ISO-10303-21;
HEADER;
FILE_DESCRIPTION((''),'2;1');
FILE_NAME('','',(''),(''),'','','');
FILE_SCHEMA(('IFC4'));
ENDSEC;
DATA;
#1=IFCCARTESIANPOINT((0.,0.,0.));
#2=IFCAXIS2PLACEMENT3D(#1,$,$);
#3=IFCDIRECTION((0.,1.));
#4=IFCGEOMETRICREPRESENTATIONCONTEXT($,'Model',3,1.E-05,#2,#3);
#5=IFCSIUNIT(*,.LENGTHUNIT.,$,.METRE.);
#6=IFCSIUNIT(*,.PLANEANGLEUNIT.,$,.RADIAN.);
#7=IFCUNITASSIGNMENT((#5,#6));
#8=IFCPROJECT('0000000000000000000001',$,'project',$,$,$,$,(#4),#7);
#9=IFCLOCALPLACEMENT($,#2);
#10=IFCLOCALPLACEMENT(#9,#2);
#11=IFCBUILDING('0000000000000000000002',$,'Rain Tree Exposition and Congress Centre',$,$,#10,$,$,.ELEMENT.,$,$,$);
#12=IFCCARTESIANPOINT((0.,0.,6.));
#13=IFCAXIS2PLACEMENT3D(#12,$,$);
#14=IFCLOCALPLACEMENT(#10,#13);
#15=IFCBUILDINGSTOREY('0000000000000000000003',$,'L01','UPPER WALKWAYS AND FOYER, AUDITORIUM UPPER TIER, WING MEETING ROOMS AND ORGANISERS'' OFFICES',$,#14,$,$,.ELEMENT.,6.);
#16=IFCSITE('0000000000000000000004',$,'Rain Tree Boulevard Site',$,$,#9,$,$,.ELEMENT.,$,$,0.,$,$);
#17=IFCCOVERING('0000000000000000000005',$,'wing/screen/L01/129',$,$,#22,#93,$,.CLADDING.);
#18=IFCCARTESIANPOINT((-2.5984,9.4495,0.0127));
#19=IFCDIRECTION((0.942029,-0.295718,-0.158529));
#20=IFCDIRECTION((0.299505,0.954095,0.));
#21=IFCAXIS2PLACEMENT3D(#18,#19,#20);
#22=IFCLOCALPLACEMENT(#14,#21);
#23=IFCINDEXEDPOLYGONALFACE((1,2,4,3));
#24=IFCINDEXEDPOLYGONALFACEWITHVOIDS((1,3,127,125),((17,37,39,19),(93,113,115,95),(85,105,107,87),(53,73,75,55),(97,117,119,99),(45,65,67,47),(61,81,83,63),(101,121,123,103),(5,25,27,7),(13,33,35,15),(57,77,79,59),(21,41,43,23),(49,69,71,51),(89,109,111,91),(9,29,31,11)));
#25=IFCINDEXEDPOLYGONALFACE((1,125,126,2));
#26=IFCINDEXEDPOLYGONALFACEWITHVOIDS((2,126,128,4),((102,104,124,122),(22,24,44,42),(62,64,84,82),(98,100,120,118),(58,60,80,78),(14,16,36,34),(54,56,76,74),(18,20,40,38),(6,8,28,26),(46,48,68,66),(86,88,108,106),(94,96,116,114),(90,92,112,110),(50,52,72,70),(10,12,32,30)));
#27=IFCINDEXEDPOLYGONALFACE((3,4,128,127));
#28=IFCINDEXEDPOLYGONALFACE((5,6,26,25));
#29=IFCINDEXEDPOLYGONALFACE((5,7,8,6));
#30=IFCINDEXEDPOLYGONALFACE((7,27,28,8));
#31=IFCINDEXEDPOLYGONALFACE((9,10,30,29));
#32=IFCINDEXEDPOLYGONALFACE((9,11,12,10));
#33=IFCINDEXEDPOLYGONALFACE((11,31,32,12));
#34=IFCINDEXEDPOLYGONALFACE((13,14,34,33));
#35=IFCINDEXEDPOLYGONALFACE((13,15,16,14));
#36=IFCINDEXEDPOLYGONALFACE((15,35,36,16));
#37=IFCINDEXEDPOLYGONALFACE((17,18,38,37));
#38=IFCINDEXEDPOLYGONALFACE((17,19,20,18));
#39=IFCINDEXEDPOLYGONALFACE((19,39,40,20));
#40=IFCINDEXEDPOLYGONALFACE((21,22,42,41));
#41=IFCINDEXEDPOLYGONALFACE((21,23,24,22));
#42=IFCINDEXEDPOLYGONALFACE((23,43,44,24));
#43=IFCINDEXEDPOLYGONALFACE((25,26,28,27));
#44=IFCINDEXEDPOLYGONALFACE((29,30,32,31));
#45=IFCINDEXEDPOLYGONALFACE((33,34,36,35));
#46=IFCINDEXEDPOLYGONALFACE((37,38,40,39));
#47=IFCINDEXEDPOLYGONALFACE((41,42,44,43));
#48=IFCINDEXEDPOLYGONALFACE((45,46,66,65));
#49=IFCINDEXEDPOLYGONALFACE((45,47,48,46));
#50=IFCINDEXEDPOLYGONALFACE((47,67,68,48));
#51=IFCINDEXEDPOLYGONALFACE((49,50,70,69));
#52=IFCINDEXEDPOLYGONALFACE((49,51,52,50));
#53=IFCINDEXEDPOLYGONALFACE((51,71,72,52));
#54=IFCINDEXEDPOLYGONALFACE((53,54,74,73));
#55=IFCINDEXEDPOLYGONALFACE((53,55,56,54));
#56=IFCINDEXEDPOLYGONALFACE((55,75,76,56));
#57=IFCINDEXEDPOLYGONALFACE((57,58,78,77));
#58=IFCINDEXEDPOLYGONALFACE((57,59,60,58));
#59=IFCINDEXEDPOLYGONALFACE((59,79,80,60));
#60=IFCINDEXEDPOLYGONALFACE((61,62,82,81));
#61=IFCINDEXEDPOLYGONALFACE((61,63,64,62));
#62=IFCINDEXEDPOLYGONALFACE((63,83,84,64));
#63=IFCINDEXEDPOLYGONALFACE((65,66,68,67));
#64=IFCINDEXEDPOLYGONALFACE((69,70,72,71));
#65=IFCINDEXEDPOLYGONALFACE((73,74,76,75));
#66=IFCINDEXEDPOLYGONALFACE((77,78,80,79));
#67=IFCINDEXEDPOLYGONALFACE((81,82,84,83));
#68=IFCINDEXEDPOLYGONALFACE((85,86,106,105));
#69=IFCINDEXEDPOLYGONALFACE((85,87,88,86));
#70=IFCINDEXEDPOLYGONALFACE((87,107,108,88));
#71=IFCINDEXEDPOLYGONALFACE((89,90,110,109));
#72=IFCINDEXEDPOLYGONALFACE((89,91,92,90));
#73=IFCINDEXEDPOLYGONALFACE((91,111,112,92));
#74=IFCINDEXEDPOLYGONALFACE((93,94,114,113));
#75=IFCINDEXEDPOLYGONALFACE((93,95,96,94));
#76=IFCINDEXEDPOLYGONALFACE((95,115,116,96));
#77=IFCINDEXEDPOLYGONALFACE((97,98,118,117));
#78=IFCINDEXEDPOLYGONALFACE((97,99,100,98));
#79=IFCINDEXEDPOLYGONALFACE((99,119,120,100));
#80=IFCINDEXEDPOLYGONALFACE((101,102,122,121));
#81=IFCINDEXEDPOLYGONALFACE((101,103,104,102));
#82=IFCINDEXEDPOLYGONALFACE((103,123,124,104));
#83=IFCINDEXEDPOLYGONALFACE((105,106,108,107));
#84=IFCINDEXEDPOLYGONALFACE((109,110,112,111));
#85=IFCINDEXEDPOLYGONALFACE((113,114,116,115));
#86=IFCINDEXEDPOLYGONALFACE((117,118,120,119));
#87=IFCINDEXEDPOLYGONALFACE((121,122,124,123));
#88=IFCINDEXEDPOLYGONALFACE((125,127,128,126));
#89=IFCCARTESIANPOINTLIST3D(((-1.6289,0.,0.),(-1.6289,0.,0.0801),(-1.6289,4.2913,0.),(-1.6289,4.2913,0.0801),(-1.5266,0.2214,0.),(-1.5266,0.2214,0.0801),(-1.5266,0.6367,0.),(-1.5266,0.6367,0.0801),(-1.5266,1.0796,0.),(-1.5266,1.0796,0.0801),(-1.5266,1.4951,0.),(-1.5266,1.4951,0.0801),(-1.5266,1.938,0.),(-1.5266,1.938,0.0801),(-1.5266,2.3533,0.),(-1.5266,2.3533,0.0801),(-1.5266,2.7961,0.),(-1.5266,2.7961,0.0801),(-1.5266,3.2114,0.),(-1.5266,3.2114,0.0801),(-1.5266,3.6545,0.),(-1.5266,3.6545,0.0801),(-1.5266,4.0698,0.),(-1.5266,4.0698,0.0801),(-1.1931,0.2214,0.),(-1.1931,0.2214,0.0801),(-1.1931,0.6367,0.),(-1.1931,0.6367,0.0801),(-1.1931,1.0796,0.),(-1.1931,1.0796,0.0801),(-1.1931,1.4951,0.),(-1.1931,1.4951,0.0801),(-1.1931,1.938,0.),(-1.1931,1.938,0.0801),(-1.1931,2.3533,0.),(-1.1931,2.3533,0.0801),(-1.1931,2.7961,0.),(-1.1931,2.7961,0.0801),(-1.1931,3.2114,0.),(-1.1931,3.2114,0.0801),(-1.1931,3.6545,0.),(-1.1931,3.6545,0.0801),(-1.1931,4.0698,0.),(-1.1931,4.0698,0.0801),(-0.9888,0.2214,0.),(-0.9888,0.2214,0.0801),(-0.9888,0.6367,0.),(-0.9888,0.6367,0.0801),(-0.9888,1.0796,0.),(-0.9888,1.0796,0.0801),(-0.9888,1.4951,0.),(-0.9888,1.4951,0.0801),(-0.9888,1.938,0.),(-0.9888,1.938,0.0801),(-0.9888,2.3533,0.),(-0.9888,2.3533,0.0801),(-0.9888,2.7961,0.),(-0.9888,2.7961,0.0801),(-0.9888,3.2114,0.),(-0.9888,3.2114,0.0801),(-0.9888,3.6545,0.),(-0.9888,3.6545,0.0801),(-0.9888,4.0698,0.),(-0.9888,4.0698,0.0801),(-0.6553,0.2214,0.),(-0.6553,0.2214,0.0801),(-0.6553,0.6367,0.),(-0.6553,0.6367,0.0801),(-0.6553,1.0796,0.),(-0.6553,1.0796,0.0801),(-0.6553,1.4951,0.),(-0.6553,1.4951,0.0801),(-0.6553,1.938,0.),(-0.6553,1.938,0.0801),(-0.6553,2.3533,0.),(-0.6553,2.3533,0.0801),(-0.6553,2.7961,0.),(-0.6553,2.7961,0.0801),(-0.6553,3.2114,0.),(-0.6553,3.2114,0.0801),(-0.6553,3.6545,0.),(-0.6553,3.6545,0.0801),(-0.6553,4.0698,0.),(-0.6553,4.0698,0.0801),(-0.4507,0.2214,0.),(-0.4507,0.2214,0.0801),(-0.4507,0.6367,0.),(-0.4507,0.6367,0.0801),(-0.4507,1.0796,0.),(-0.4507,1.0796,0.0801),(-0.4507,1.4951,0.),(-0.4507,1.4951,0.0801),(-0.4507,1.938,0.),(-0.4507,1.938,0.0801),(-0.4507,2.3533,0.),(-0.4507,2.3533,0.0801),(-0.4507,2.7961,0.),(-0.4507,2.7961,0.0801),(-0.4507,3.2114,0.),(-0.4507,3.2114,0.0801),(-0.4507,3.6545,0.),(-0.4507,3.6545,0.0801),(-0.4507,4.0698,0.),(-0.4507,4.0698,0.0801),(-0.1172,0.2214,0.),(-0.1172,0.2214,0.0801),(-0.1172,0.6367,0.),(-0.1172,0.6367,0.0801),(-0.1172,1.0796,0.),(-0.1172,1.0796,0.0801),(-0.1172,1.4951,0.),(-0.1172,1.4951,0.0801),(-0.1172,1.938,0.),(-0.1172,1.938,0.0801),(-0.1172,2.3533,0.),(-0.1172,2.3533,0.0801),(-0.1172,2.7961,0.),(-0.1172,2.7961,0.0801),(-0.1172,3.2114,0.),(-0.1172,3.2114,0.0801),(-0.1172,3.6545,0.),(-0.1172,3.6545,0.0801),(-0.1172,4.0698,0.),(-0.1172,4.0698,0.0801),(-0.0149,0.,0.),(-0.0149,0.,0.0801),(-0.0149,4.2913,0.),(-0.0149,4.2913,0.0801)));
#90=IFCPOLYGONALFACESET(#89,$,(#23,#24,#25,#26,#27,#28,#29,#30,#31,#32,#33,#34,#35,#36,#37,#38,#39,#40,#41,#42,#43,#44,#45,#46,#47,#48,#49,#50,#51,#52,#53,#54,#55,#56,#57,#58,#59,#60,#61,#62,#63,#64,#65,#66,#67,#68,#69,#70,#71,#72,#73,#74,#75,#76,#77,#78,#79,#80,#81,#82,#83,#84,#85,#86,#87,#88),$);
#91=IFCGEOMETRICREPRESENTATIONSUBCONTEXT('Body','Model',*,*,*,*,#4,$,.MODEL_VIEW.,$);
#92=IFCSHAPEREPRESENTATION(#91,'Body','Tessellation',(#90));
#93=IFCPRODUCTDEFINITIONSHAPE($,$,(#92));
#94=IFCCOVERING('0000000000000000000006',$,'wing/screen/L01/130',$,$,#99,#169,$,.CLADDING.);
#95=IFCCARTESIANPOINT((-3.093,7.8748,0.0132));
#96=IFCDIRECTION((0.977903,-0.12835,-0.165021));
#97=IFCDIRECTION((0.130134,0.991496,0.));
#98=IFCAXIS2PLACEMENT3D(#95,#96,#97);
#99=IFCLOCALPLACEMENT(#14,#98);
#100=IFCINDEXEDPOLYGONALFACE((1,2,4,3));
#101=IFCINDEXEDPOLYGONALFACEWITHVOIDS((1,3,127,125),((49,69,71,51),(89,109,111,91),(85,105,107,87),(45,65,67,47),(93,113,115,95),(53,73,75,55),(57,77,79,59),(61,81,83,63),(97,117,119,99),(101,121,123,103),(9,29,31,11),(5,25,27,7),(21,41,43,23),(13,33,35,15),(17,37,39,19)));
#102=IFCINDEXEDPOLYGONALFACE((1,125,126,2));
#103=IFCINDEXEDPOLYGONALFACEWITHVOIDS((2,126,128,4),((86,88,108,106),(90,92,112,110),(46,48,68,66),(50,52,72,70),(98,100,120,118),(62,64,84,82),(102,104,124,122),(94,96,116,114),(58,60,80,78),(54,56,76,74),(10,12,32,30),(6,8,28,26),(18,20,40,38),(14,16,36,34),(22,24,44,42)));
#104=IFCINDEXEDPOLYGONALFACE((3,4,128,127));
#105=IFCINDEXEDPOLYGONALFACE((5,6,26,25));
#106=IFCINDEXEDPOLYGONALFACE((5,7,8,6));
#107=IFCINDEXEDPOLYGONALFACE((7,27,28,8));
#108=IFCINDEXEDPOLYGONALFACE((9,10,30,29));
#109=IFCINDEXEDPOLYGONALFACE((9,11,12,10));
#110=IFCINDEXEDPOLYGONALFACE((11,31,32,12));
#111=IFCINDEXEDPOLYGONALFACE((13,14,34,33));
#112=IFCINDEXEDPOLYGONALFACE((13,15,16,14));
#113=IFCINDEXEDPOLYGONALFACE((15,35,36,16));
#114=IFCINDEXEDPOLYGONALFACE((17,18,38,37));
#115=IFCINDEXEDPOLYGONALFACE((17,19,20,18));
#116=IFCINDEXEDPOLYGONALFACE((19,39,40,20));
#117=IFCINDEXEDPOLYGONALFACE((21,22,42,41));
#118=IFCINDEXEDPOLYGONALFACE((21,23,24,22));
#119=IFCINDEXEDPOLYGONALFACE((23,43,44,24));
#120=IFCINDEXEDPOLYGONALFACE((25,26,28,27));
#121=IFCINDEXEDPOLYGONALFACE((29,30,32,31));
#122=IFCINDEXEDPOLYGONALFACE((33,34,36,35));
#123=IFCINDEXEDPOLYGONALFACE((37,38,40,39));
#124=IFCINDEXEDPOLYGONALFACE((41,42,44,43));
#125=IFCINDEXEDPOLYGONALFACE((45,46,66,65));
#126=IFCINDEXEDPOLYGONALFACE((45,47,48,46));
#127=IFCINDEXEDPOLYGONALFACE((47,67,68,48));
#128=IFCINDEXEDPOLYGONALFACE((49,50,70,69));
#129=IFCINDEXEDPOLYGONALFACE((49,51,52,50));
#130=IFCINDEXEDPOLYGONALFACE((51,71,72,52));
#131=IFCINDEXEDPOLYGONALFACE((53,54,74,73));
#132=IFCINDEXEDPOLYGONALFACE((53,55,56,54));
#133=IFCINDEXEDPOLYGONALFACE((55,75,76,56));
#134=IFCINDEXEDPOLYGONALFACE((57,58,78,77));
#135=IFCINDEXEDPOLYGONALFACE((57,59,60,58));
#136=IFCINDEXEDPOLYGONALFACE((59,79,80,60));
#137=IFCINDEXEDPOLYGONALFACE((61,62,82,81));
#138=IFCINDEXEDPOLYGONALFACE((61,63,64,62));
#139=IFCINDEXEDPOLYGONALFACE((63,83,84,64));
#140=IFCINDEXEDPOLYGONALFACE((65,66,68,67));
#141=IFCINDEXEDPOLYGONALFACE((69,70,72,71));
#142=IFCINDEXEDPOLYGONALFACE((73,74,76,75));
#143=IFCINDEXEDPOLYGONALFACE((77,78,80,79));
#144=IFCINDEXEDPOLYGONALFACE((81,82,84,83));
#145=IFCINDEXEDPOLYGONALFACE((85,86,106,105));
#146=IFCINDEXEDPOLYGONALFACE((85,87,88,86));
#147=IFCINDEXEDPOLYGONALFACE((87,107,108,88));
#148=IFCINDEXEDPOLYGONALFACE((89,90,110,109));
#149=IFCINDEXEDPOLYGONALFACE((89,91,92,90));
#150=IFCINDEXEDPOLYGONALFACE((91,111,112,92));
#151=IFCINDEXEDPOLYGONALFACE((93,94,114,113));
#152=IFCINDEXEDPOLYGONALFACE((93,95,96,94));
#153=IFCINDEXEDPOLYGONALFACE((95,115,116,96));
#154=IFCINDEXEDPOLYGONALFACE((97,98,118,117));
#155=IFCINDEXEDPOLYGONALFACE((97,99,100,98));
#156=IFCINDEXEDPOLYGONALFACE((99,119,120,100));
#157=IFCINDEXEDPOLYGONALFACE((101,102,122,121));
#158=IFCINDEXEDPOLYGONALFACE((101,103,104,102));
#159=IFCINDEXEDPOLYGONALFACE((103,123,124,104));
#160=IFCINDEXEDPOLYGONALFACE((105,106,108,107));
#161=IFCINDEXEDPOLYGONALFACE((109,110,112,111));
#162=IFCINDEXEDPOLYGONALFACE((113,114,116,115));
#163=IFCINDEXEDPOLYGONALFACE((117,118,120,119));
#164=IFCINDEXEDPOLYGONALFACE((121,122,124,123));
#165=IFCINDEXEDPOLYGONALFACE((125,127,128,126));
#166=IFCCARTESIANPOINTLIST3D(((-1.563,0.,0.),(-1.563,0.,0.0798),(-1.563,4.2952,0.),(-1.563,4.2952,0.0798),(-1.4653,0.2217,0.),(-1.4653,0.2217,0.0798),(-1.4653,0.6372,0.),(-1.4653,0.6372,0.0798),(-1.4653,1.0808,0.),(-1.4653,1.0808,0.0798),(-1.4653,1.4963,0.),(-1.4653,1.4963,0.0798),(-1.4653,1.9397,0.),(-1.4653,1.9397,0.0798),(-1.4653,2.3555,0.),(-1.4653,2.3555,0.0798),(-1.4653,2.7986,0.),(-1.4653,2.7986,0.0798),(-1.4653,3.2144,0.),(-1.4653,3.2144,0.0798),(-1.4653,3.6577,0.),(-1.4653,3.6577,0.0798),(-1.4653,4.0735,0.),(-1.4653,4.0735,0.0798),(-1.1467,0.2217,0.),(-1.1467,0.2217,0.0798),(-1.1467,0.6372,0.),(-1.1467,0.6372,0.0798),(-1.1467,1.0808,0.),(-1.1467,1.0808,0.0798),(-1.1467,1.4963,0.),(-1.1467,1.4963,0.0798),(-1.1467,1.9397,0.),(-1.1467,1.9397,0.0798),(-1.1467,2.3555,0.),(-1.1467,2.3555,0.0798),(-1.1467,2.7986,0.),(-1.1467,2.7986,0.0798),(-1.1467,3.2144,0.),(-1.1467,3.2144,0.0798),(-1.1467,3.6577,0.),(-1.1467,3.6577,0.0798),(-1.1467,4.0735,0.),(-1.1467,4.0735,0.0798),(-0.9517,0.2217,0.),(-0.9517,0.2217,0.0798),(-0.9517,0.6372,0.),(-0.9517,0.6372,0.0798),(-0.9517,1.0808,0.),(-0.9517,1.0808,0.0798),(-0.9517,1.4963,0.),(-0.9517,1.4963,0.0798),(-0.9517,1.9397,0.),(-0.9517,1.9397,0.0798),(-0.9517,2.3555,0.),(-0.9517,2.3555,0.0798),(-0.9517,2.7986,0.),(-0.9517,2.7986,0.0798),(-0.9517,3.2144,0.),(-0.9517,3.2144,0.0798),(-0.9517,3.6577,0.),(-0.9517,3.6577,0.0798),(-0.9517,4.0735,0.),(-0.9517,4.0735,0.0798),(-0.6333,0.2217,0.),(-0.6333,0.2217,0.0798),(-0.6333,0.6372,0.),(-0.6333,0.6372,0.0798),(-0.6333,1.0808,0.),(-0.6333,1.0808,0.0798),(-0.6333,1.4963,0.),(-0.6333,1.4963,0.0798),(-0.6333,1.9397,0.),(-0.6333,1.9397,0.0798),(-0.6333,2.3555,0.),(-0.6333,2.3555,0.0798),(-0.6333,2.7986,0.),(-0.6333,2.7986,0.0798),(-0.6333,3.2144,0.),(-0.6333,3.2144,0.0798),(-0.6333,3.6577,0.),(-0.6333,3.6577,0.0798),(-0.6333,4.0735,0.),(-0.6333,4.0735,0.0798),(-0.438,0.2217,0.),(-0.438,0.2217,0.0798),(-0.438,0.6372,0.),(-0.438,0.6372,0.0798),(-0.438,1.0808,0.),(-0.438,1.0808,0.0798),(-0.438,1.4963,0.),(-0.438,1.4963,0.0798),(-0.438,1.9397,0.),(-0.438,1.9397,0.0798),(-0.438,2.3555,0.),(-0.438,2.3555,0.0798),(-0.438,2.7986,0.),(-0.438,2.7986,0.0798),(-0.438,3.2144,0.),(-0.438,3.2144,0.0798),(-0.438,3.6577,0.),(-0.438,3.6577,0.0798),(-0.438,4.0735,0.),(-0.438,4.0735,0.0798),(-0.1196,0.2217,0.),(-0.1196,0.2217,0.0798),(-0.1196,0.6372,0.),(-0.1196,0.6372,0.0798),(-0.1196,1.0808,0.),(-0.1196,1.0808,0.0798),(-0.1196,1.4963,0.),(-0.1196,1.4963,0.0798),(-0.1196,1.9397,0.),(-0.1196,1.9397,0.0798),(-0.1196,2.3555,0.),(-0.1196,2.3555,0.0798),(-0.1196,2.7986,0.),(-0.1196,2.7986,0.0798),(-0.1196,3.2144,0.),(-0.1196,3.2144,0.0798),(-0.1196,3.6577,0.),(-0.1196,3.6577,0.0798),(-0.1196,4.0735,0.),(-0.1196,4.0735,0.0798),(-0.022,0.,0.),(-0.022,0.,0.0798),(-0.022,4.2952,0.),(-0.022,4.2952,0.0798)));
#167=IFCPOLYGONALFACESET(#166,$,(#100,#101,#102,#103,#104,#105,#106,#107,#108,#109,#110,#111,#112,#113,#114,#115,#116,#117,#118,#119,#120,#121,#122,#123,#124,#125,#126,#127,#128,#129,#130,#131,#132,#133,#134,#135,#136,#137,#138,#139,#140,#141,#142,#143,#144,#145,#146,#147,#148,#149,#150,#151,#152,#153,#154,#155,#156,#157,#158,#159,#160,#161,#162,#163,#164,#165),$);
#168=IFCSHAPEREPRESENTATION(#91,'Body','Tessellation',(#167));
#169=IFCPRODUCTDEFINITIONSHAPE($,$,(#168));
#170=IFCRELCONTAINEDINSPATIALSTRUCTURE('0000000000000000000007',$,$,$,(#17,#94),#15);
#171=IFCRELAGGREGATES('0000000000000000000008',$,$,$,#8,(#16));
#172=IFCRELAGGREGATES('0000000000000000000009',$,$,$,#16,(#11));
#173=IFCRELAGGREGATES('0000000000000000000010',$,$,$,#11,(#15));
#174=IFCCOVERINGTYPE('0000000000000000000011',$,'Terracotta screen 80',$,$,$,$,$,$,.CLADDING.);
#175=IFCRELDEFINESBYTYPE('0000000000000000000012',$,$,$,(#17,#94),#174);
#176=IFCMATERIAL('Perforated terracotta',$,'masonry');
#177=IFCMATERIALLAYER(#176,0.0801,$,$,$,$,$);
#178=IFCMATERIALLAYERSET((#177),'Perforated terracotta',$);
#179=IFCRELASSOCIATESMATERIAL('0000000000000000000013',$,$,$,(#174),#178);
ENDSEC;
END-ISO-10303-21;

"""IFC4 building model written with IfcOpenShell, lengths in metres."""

from ifc_helpers import new_model, si_unit, direction, frame, origin, place, context, subcontext, project, spatial, polyline, outline, extrude, material, layer, layer_set, type_object, element, save


model = new_model("IFC4")

# Units and contexts
model_context = context("Model", 3, precision=1e-05, world=origin(), true_north=direction((0.0, 1.0)))
body_context = subcontext(model_context, "Body", "Model", "MODEL_VIEW")
ifc_project = project(units=[si_unit("LENGTHUNIT", "METRE"), si_unit("PLANEANGLEUNIT", "RADIAN")], contexts=[model_context])

# Site, building, storey
site_placement = place(None, origin())
site = spatial("IfcSite", under=ifc_project, at=site_placement, Name="Rain Tree Boulevard Site", CompositionType="ELEMENT", RefElevation=0.0)
building_placement = place(site_placement, origin())
building = spatial("IfcBuilding", under=site, at=building_placement, Name="Rain Tree Exposition and Congress Centre", CompositionType="ELEMENT")
storey_placement = place(building_placement, frame((0.0, 0.0, 6.0)))
storey = spatial("IfcBuildingStorey", under=building, at=storey_placement, Name="L01", Description="UPPER WALKWAYS AND FOYER, AUDITORIUM UPPER TIER, WING MEETING ROOMS AND ORGANISERS' OFFICES", CompositionType="ELEMENT", Elevation=6.0)

# Coverings
ifc_material_1 = material(Name="Perforated terracotta", Category="masonry")
ifc_layer_1 = layer(ifc_material_1, 0.0801)
ifc_layer_set_1 = layer_set([ifc_layer_1], Name="Perforated terracotta")
covering_type = type_object("IfcCoveringType", Name="Terracotta screen 80", PredefinedType="CLADDING", material=ifc_layer_set_1)
covering_1_placement = place(storey_placement, frame((-2.5984, 9.4495, 0.0127), z_axis=(0.942029, -0.295718, -0.158529), x_axis=(0.299505, 0.954095, 0.0)))
element("IfcCovering", 1, at=covering_1_placement, inside=storey, type_object=covering_type, Name="wing/screen/L01/129", PredefinedType="CLADDING", context=body_context, shape_type="SweptSolid", body=[
    extrude(outline(polyline([(-1.6289, 0.0), (-1.6289, 4.2913), (-0.0149, 4.2913), (-0.0149, 0.0), (-1.6289, 0.0)]), holes=[polyline([(-0.1172, 0.2214), (-0.1172, 0.6367), (-0.4507, 0.6367), (-0.4507, 0.2214), (-0.1172, 0.2214)]), polyline([(-0.1172, 1.0796), (-0.1172, 1.4951), (-0.4507, 1.4951), (-0.4507, 1.0796), (-0.1172, 1.0796)]), polyline([(-0.1172, 1.938), (-0.1172, 2.3533), (-0.4507, 2.3533), (-0.4507, 1.938), (-0.1172, 1.938)]), polyline([(-0.1172, 2.7961), (-0.1172, 3.2114), (-0.4507, 3.2114), (-0.4507, 2.7961), (-0.1172, 2.7961)]), polyline([(-0.1172, 3.6545), (-0.1172, 4.0698), (-0.4507, 4.0698), (-0.4507, 3.6545), (-0.1172, 3.6545)]), polyline([(-0.6553, 0.2214), (-0.6553, 0.6367), (-0.9888, 0.6367), (-0.9888, 0.2214), (-0.6553, 0.2214)]), polyline([(-0.6553, 1.0796), (-0.6553, 1.4951), (-0.9888, 1.4951), (-0.9888, 1.0796), (-0.6553, 1.0796)]), polyline([(-0.6553, 1.938), (-0.6553, 2.3533), (-0.9888, 2.3533), (-0.9888, 1.938), (-0.6553, 1.938)]), polyline([(-0.6553, 2.7961), (-0.6553, 3.2114), (-0.9888, 3.2114), (-0.9888, 2.7961), (-0.6553, 2.7961)]), polyline([(-0.6553, 3.6545), (-0.6553, 4.0698), (-0.9888, 4.0698), (-0.9888, 3.6545), (-0.6553, 3.6545)]), polyline([(-1.1931, 0.2214), (-1.1931, 0.6367), (-1.5266, 0.6367), (-1.5266, 0.2214), (-1.1931, 0.2214)]), polyline([(-1.1931, 1.0796), (-1.1931, 1.4951), (-1.5266, 1.4951), (-1.5266, 1.0796), (-1.1931, 1.0796)]), polyline([(-1.1931, 1.938), (-1.1931, 2.3533), (-1.5266, 2.3533), (-1.5266, 1.938), (-1.1931, 1.938)]), polyline([(-1.1931, 2.7961), (-1.1931, 3.2114), (-1.5266, 3.2114), (-1.5266, 2.7961), (-1.1931, 2.7961)]), polyline([(-1.1931, 3.6545), (-1.1931, 4.0698), (-1.5266, 4.0698), (-1.5266, 3.6545), (-1.1931, 3.6545)])]), origin(), (0.0, 0.0, 1.0), 0.0801),
])
covering_2_placement = place(storey_placement, frame((-3.093, 7.8748, 0.0132), z_axis=(0.977903, -0.12835, -0.165021), x_axis=(0.130134, 0.991496, 0.0)))
element("IfcCovering", 2, at=covering_2_placement, inside=storey, type_object=covering_type, Name="wing/screen/L01/130", PredefinedType="CLADDING", context=body_context, shape_type="SweptSolid", body=[
    extrude(outline(polyline([(-1.563, 0.0), (-1.563, 4.2952), (-0.022, 4.2952), (-0.022, 0.0), (-1.563, 0.0)]), holes=[polyline([(-0.1196, 0.2217), (-0.1196, 0.6372), (-0.438, 0.6372), (-0.438, 0.2217), (-0.1196, 0.2217)]), polyline([(-0.1196, 1.0808), (-0.1196, 1.4963), (-0.438, 1.4963), (-0.438, 1.0808), (-0.1196, 1.0808)]), polyline([(-0.1196, 1.9397), (-0.1196, 2.3555), (-0.438, 2.3555), (-0.438, 1.9397), (-0.1196, 1.9397)]), polyline([(-0.1196, 2.7986), (-0.1196, 3.2144), (-0.438, 3.2144), (-0.438, 2.7986), (-0.1196, 2.7986)]), polyline([(-0.1196, 3.6577), (-0.1196, 4.0735), (-0.438, 4.0735), (-0.438, 3.6577), (-0.1196, 3.6577)]), polyline([(-0.6333, 0.2217), (-0.6333, 0.6372), (-0.9517, 0.6372), (-0.9517, 0.2217), (-0.6333, 0.2217)]), polyline([(-0.6333, 1.0808), (-0.6333, 1.4963), (-0.9517, 1.4963), (-0.9517, 1.0808), (-0.6333, 1.0808)]), polyline([(-0.6333, 1.9397), (-0.6333, 2.3555), (-0.9517, 2.3555), (-0.9517, 1.9397), (-0.6333, 1.9397)]), polyline([(-0.6333, 2.7986), (-0.6333, 3.2144), (-0.9517, 3.2144), (-0.9517, 2.7986), (-0.6333, 2.7986)]), polyline([(-0.6333, 3.6577), (-0.6333, 4.0735), (-0.9517, 4.0735), (-0.9517, 3.6577), (-0.6333, 3.6577)]), polyline([(-1.1467, 0.2217), (-1.1467, 0.6372), (-1.4653, 0.6372), (-1.4653, 0.2217), (-1.1467, 0.2217)]), polyline([(-1.1467, 1.0808), (-1.1467, 1.4963), (-1.4653, 1.4963), (-1.4653, 1.0808), (-1.1467, 1.0808)]), polyline([(-1.1467, 1.9397), (-1.1467, 2.3555), (-1.4653, 2.3555), (-1.4653, 1.9397), (-1.1467, 1.9397)]), polyline([(-1.1467, 2.7986), (-1.1467, 3.2144), (-1.4653, 3.2144), (-1.4653, 2.7986), (-1.1467, 2.7986)]), polyline([(-1.1467, 3.6577), (-1.1467, 4.0735), (-1.4653, 4.0735), (-1.4653, 3.6577), (-1.1467, 3.6577)])]), origin(), (0.0, 0.0, 1.0), 0.0798),
])

save(model, "model.ifc")
